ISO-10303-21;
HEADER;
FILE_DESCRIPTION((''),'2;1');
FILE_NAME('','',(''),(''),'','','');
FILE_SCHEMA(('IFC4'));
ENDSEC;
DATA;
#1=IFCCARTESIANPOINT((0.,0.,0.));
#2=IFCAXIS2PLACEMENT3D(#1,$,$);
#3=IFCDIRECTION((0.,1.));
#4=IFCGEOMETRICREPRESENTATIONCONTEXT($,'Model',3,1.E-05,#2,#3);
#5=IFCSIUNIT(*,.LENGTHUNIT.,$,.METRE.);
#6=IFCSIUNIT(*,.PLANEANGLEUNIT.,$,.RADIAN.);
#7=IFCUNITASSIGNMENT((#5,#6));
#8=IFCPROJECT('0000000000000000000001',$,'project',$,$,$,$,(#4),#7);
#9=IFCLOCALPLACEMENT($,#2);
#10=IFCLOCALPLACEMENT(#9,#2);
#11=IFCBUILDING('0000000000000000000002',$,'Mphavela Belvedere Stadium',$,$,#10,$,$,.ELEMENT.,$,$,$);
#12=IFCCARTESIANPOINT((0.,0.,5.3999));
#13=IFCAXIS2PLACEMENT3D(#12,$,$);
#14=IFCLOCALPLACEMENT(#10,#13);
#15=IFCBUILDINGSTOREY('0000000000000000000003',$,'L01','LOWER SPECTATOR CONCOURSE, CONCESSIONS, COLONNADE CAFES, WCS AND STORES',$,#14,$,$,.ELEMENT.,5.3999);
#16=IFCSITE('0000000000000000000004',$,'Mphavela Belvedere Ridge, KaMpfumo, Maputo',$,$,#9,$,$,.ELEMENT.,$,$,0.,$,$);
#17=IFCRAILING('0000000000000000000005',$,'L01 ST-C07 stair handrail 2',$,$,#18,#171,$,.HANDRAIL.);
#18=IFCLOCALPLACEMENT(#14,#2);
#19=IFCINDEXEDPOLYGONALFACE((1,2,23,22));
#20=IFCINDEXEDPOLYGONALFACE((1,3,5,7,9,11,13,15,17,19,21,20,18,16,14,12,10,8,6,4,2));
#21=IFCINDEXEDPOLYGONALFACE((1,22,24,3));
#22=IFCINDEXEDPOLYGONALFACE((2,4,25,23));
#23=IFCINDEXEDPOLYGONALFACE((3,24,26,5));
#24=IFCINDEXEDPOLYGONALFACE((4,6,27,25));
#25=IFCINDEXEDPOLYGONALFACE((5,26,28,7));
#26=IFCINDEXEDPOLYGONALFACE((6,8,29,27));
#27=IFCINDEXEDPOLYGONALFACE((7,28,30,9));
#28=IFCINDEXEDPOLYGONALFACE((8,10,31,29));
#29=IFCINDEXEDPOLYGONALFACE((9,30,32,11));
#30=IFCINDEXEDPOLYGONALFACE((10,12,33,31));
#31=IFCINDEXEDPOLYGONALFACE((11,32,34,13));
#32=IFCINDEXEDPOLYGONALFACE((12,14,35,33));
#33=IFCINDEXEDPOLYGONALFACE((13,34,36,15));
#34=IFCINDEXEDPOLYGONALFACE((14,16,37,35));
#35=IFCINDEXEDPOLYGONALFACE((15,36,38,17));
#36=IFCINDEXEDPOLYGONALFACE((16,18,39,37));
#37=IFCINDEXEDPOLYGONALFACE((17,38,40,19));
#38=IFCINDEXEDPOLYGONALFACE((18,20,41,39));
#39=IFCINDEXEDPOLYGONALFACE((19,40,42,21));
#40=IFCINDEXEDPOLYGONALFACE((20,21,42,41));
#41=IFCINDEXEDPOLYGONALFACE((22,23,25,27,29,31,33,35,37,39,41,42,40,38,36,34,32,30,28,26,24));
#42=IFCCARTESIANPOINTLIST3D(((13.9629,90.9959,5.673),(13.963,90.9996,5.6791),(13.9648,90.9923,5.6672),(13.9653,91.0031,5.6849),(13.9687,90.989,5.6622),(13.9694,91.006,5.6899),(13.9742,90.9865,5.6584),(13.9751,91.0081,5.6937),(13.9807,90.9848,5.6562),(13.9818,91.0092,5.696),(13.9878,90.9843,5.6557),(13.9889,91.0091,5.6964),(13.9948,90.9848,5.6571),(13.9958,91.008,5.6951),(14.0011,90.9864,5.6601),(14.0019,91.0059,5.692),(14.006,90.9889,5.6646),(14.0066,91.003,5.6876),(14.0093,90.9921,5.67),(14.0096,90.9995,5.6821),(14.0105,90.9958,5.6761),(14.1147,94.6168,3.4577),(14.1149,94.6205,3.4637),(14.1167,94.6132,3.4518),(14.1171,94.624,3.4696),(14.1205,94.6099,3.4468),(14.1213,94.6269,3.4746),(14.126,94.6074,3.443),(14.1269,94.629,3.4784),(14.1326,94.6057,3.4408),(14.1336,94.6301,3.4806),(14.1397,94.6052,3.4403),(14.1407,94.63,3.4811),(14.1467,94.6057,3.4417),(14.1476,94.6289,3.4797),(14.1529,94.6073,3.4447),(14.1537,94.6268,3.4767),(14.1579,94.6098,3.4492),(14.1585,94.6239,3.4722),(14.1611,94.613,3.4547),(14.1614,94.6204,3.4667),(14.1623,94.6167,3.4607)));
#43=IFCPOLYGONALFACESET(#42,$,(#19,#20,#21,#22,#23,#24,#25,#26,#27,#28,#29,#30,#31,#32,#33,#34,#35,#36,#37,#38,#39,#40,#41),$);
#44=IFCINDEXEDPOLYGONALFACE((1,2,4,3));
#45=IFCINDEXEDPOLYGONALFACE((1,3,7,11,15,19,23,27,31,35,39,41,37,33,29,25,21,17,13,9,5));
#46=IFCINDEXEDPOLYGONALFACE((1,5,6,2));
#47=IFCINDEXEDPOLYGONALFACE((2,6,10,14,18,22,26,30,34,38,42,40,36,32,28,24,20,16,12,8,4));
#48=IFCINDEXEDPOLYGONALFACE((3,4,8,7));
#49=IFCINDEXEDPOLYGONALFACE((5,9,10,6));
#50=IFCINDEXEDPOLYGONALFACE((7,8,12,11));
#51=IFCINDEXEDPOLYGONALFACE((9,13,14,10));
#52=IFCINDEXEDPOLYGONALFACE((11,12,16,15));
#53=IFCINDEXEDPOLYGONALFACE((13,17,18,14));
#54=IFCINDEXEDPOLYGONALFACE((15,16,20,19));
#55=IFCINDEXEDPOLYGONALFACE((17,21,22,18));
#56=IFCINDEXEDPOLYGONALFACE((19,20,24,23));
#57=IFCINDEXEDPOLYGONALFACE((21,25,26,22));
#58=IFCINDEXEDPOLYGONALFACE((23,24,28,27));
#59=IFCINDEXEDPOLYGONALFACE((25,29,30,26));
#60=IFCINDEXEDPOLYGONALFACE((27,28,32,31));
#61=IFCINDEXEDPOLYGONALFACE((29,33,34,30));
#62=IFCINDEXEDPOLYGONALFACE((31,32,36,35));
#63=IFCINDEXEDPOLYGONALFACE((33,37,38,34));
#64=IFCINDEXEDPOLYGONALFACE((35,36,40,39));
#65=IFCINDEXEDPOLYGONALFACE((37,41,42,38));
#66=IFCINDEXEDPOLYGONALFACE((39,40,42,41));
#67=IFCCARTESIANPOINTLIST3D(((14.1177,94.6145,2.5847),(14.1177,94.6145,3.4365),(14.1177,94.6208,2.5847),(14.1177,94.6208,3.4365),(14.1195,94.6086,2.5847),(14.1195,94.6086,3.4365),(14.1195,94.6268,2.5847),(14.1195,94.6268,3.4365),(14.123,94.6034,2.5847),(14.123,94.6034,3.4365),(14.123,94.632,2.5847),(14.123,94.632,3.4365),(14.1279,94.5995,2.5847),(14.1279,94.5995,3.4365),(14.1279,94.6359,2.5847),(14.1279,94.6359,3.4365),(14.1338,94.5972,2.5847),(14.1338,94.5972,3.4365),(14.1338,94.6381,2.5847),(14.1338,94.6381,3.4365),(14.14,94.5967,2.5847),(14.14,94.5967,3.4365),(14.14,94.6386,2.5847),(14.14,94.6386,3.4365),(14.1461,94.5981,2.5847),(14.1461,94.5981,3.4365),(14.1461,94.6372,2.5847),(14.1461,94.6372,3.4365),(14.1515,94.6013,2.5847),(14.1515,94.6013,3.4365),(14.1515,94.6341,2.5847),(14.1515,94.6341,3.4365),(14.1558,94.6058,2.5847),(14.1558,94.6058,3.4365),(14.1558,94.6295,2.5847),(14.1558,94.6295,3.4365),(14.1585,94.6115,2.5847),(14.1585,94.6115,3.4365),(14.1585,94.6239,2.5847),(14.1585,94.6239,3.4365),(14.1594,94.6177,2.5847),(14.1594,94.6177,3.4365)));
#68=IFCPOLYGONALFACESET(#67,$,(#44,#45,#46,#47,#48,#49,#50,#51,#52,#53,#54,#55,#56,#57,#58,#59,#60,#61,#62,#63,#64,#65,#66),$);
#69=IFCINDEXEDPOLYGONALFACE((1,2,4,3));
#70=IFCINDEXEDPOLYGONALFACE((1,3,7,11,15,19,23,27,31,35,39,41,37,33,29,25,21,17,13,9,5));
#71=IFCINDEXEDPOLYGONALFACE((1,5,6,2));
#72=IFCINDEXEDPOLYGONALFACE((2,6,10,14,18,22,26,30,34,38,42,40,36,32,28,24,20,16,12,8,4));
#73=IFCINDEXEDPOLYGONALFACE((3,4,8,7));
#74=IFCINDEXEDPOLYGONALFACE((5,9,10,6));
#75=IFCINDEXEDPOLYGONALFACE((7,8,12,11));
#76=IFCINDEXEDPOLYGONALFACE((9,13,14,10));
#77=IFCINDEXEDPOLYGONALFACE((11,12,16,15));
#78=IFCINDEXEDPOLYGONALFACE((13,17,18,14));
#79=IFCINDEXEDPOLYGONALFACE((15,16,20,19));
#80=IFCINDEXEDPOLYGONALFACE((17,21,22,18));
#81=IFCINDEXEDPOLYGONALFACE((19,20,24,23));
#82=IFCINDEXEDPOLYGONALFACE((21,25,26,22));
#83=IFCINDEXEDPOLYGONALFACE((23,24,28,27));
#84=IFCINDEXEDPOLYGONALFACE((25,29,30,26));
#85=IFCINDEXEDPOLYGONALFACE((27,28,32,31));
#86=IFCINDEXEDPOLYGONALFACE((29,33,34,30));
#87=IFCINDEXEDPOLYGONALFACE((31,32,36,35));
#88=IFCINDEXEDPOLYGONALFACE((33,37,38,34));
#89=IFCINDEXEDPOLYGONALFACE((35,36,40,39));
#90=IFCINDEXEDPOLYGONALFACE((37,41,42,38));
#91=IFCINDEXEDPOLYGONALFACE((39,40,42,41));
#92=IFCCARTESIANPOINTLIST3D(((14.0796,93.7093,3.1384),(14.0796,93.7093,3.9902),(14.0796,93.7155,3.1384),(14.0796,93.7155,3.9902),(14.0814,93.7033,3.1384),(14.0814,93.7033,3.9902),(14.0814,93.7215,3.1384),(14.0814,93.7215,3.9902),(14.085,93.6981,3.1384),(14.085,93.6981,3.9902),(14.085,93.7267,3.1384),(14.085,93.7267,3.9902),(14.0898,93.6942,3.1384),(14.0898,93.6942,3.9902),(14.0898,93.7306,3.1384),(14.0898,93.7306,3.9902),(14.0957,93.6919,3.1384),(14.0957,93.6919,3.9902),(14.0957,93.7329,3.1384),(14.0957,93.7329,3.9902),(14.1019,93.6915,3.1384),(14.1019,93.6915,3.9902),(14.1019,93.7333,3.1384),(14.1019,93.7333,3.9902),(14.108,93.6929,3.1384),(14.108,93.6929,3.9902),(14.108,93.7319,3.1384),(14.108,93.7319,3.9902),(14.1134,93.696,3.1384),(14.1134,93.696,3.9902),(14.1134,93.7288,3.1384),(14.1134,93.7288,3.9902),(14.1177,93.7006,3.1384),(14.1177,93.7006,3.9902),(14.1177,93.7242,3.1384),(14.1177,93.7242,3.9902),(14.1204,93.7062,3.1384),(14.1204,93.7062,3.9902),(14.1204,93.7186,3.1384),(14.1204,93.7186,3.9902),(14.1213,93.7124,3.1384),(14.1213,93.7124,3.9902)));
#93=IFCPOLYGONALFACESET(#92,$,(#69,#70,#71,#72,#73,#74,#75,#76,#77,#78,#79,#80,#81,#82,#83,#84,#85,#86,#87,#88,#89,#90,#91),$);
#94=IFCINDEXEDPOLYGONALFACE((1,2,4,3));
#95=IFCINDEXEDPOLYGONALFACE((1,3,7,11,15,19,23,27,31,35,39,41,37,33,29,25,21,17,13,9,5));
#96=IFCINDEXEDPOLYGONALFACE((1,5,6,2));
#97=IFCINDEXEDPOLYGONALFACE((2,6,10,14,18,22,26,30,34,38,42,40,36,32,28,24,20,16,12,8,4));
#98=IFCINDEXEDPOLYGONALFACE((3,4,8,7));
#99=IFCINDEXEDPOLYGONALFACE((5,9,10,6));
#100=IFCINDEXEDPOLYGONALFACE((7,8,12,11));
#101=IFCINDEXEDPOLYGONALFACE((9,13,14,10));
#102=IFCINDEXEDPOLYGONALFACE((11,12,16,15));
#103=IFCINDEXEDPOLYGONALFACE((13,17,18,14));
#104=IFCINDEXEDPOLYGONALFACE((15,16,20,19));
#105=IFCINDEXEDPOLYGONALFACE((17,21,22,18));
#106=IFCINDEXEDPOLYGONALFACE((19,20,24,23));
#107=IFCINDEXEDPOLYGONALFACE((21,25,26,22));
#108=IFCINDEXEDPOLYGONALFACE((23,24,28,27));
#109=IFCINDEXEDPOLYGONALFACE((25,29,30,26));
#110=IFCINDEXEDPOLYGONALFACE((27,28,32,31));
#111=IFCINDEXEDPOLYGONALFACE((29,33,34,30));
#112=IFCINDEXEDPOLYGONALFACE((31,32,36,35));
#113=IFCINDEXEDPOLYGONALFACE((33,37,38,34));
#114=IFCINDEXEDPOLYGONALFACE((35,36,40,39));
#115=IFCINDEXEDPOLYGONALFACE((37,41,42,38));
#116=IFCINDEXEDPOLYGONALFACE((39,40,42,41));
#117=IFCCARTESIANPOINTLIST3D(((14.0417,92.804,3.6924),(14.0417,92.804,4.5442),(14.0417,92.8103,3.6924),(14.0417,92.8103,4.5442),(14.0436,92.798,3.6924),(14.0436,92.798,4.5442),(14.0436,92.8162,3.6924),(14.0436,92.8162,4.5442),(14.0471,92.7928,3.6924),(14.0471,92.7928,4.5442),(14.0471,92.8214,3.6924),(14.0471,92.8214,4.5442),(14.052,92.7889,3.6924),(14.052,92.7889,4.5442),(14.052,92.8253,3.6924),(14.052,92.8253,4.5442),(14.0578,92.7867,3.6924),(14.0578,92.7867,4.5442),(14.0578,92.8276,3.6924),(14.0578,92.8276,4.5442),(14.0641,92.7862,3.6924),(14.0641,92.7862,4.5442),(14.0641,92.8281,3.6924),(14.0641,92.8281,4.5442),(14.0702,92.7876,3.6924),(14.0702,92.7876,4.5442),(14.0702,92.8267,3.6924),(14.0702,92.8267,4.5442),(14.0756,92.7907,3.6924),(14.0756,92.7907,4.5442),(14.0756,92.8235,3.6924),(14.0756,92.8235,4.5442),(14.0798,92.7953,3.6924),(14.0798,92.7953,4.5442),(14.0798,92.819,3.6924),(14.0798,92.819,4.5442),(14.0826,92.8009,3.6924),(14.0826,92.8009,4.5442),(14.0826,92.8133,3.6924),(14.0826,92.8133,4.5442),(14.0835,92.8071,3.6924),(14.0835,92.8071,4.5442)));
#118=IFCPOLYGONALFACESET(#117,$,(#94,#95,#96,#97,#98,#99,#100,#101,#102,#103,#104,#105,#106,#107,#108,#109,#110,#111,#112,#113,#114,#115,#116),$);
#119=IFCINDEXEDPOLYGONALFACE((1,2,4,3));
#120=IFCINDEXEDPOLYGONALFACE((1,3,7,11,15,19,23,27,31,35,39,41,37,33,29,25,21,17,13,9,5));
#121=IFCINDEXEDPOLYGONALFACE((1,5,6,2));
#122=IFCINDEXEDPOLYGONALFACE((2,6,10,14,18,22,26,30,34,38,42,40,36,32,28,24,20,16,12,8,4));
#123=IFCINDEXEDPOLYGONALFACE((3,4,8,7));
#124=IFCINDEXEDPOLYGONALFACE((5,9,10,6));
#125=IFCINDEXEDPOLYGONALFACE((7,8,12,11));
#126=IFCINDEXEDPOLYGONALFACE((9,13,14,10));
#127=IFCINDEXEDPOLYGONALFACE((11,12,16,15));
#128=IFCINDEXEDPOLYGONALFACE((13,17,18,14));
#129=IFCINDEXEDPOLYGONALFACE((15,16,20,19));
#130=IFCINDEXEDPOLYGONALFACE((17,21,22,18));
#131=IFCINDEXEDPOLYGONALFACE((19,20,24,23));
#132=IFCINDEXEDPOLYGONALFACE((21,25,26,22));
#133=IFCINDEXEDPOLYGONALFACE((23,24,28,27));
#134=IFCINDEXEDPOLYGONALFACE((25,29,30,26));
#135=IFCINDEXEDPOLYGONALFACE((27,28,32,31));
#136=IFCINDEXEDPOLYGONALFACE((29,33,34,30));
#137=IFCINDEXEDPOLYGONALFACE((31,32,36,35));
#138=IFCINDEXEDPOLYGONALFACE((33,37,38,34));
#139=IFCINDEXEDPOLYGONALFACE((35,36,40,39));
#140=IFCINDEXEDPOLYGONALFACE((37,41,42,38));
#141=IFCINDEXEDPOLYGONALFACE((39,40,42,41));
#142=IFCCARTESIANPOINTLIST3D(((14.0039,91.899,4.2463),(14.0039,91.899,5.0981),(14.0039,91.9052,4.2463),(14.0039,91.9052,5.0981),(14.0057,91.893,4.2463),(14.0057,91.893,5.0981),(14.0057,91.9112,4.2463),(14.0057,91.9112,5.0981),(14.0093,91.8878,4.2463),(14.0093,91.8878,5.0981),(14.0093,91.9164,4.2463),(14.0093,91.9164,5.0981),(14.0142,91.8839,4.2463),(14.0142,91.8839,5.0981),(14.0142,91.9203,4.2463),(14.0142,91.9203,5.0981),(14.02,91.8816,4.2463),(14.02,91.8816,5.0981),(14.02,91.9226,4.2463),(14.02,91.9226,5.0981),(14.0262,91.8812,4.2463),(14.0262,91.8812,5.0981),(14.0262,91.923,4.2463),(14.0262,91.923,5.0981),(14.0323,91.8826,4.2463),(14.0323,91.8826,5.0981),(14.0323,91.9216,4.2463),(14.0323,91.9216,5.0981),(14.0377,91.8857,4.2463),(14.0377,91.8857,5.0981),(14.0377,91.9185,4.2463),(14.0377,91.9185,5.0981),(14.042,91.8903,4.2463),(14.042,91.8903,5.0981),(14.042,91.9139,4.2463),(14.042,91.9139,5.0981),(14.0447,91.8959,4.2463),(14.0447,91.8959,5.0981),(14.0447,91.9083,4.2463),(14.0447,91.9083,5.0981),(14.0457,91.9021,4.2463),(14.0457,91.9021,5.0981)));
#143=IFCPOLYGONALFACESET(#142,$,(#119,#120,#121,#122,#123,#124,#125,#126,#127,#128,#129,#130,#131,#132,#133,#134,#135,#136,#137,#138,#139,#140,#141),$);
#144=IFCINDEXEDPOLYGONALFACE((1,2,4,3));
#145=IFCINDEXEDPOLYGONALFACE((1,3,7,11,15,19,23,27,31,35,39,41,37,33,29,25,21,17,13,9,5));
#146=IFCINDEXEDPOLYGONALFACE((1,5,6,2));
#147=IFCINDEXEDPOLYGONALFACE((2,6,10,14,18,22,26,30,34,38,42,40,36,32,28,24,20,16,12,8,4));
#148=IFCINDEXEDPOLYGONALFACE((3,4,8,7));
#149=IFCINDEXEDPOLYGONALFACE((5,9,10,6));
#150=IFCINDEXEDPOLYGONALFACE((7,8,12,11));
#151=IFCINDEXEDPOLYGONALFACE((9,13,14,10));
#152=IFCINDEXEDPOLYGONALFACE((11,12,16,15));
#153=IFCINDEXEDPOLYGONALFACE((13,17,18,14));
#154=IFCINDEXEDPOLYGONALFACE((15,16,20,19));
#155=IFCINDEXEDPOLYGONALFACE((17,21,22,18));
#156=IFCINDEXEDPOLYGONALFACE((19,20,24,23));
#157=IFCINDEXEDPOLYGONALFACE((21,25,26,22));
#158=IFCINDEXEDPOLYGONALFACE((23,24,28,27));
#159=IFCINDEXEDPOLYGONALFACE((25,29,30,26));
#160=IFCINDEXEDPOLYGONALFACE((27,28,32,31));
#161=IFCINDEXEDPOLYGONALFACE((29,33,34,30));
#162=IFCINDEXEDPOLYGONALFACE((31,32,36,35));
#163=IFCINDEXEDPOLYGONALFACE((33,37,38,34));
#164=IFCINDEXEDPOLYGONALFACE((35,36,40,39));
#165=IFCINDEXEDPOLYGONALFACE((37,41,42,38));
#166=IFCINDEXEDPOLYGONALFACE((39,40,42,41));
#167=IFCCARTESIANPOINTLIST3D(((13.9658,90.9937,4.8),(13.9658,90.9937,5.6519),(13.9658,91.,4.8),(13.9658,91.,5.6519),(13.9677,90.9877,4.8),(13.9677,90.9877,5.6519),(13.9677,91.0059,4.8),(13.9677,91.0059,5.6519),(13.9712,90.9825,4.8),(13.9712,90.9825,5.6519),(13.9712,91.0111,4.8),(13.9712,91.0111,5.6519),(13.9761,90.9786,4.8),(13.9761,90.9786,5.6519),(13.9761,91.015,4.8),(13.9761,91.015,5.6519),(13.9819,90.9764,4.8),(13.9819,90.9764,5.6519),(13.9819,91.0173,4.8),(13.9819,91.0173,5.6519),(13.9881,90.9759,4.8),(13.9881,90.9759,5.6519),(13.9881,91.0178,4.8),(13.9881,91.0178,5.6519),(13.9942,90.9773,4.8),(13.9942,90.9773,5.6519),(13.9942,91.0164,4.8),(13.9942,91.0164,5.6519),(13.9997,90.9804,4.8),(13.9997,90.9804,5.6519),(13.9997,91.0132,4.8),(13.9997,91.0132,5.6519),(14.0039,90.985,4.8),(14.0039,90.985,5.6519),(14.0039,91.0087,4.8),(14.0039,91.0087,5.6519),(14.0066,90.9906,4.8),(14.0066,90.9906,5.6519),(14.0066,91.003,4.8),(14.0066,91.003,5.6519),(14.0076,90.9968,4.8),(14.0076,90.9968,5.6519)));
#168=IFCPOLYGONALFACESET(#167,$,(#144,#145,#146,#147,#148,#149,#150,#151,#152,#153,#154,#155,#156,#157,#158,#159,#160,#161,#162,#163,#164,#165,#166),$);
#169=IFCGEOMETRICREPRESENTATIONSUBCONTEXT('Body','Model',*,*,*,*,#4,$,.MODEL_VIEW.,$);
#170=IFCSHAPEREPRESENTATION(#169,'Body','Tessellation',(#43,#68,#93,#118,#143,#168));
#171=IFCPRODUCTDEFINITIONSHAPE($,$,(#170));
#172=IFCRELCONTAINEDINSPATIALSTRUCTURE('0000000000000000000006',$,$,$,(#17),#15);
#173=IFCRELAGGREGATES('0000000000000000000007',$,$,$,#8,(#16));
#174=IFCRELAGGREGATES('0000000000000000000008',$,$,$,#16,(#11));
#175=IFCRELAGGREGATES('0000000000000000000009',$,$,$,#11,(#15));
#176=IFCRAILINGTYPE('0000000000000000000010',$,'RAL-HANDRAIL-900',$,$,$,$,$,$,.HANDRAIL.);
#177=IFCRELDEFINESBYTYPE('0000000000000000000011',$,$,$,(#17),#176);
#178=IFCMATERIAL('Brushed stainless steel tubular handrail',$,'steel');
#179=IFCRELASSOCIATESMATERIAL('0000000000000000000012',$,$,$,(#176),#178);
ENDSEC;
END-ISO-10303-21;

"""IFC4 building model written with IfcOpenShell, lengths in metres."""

from ifc_helpers import new_model, si_unit, direction, frame, origin, origin_2d, place, context, subcontext, project, spatial, circle, extrude, material, type_object, element, save


model = new_model("IFC4")

# Units and contexts
model_context = context("Model", 3, precision=1e-05, world=origin(), true_north=direction((0.0, 1.0)))
body_context = subcontext(model_context, "Body", "Model", "MODEL_VIEW")
ifc_project = project(units=[si_unit("LENGTHUNIT", "METRE"), si_unit("PLANEANGLEUNIT", "RADIAN")], contexts=[model_context])

# Site, building, storey
site_placement = place(None, origin())
site = spatial("IfcSite", under=ifc_project, at=site_placement, Name="Mphavela Belvedere Ridge, KaMpfumo, Maputo", CompositionType="ELEMENT", RefElevation=0.0)
building_placement = place(site_placement, origin())
building = spatial("IfcBuilding", under=site, at=building_placement, Name="Mphavela Belvedere Stadium", CompositionType="ELEMENT")
storey_placement = place(building_placement, frame((0.0, 0.0, 5.3999)))
storey = spatial("IfcBuildingStorey", under=building, at=storey_placement, Name="L01", Description="LOWER SPECTATOR CONCOURSE, CONCESSIONS, COLONNADE CAFES, WCS AND STORES", CompositionType="ELEMENT", Elevation=5.3999)

# Railing
ifc_material_1 = material(Name="Brushed stainless steel tubular handrail", Category="steel")
railing_type_1 = type_object("IfcRailingType", Name="RAL-HANDRAIL-900", PredefinedType="HANDRAIL", material=ifc_material_1)
railing_1_placement = place(storey_placement, frame((14.1384, 94.6177, 2.5847)))
element("IfcRailing", 1, at=railing_1_placement, inside=storey, type_object=railing_type_1, Name="L01 ST-C07 stair handrail 2", PredefinedType="HANDRAIL", context=body_context, shape_type="SweptSolid", body=[
    extrude(circle(Radius=0.0239, at=origin_2d()), frame((0.0, 0.0, 0.876), z_axis=(-0.035752, -0.852465, 0.521561), x_axis=(0.999122, -0.041902, 0.0)), (0.0, 0.0, 1.0), 4.2476),
    extrude(circle(Radius=0.021, at=origin_2d()), origin(), (0.0, 0.0, 1.0), 0.8518),
    extrude(circle(Radius=0.021, at=origin_2d()), frame((-0.0381, -0.9053, 0.5537)), (0.0, 0.0, 1.0), 0.8518),
    extrude(circle(Radius=0.021, at=origin_2d()), frame((-0.0759, -1.8105, 1.1077)), (0.0, 0.0, 1.0), 0.8518),
    extrude(circle(Radius=0.021, at=origin_2d()), frame((-0.1138, -2.7156, 1.6616)), (0.0, 0.0, 1.0), 0.8518),
    extrude(circle(Radius=0.021, at=origin_2d()), frame((-0.1519, -3.6208, 2.2153)), (0.0, 0.0, 1.0), 0.8518),
])

save(model, "model.ifc")
